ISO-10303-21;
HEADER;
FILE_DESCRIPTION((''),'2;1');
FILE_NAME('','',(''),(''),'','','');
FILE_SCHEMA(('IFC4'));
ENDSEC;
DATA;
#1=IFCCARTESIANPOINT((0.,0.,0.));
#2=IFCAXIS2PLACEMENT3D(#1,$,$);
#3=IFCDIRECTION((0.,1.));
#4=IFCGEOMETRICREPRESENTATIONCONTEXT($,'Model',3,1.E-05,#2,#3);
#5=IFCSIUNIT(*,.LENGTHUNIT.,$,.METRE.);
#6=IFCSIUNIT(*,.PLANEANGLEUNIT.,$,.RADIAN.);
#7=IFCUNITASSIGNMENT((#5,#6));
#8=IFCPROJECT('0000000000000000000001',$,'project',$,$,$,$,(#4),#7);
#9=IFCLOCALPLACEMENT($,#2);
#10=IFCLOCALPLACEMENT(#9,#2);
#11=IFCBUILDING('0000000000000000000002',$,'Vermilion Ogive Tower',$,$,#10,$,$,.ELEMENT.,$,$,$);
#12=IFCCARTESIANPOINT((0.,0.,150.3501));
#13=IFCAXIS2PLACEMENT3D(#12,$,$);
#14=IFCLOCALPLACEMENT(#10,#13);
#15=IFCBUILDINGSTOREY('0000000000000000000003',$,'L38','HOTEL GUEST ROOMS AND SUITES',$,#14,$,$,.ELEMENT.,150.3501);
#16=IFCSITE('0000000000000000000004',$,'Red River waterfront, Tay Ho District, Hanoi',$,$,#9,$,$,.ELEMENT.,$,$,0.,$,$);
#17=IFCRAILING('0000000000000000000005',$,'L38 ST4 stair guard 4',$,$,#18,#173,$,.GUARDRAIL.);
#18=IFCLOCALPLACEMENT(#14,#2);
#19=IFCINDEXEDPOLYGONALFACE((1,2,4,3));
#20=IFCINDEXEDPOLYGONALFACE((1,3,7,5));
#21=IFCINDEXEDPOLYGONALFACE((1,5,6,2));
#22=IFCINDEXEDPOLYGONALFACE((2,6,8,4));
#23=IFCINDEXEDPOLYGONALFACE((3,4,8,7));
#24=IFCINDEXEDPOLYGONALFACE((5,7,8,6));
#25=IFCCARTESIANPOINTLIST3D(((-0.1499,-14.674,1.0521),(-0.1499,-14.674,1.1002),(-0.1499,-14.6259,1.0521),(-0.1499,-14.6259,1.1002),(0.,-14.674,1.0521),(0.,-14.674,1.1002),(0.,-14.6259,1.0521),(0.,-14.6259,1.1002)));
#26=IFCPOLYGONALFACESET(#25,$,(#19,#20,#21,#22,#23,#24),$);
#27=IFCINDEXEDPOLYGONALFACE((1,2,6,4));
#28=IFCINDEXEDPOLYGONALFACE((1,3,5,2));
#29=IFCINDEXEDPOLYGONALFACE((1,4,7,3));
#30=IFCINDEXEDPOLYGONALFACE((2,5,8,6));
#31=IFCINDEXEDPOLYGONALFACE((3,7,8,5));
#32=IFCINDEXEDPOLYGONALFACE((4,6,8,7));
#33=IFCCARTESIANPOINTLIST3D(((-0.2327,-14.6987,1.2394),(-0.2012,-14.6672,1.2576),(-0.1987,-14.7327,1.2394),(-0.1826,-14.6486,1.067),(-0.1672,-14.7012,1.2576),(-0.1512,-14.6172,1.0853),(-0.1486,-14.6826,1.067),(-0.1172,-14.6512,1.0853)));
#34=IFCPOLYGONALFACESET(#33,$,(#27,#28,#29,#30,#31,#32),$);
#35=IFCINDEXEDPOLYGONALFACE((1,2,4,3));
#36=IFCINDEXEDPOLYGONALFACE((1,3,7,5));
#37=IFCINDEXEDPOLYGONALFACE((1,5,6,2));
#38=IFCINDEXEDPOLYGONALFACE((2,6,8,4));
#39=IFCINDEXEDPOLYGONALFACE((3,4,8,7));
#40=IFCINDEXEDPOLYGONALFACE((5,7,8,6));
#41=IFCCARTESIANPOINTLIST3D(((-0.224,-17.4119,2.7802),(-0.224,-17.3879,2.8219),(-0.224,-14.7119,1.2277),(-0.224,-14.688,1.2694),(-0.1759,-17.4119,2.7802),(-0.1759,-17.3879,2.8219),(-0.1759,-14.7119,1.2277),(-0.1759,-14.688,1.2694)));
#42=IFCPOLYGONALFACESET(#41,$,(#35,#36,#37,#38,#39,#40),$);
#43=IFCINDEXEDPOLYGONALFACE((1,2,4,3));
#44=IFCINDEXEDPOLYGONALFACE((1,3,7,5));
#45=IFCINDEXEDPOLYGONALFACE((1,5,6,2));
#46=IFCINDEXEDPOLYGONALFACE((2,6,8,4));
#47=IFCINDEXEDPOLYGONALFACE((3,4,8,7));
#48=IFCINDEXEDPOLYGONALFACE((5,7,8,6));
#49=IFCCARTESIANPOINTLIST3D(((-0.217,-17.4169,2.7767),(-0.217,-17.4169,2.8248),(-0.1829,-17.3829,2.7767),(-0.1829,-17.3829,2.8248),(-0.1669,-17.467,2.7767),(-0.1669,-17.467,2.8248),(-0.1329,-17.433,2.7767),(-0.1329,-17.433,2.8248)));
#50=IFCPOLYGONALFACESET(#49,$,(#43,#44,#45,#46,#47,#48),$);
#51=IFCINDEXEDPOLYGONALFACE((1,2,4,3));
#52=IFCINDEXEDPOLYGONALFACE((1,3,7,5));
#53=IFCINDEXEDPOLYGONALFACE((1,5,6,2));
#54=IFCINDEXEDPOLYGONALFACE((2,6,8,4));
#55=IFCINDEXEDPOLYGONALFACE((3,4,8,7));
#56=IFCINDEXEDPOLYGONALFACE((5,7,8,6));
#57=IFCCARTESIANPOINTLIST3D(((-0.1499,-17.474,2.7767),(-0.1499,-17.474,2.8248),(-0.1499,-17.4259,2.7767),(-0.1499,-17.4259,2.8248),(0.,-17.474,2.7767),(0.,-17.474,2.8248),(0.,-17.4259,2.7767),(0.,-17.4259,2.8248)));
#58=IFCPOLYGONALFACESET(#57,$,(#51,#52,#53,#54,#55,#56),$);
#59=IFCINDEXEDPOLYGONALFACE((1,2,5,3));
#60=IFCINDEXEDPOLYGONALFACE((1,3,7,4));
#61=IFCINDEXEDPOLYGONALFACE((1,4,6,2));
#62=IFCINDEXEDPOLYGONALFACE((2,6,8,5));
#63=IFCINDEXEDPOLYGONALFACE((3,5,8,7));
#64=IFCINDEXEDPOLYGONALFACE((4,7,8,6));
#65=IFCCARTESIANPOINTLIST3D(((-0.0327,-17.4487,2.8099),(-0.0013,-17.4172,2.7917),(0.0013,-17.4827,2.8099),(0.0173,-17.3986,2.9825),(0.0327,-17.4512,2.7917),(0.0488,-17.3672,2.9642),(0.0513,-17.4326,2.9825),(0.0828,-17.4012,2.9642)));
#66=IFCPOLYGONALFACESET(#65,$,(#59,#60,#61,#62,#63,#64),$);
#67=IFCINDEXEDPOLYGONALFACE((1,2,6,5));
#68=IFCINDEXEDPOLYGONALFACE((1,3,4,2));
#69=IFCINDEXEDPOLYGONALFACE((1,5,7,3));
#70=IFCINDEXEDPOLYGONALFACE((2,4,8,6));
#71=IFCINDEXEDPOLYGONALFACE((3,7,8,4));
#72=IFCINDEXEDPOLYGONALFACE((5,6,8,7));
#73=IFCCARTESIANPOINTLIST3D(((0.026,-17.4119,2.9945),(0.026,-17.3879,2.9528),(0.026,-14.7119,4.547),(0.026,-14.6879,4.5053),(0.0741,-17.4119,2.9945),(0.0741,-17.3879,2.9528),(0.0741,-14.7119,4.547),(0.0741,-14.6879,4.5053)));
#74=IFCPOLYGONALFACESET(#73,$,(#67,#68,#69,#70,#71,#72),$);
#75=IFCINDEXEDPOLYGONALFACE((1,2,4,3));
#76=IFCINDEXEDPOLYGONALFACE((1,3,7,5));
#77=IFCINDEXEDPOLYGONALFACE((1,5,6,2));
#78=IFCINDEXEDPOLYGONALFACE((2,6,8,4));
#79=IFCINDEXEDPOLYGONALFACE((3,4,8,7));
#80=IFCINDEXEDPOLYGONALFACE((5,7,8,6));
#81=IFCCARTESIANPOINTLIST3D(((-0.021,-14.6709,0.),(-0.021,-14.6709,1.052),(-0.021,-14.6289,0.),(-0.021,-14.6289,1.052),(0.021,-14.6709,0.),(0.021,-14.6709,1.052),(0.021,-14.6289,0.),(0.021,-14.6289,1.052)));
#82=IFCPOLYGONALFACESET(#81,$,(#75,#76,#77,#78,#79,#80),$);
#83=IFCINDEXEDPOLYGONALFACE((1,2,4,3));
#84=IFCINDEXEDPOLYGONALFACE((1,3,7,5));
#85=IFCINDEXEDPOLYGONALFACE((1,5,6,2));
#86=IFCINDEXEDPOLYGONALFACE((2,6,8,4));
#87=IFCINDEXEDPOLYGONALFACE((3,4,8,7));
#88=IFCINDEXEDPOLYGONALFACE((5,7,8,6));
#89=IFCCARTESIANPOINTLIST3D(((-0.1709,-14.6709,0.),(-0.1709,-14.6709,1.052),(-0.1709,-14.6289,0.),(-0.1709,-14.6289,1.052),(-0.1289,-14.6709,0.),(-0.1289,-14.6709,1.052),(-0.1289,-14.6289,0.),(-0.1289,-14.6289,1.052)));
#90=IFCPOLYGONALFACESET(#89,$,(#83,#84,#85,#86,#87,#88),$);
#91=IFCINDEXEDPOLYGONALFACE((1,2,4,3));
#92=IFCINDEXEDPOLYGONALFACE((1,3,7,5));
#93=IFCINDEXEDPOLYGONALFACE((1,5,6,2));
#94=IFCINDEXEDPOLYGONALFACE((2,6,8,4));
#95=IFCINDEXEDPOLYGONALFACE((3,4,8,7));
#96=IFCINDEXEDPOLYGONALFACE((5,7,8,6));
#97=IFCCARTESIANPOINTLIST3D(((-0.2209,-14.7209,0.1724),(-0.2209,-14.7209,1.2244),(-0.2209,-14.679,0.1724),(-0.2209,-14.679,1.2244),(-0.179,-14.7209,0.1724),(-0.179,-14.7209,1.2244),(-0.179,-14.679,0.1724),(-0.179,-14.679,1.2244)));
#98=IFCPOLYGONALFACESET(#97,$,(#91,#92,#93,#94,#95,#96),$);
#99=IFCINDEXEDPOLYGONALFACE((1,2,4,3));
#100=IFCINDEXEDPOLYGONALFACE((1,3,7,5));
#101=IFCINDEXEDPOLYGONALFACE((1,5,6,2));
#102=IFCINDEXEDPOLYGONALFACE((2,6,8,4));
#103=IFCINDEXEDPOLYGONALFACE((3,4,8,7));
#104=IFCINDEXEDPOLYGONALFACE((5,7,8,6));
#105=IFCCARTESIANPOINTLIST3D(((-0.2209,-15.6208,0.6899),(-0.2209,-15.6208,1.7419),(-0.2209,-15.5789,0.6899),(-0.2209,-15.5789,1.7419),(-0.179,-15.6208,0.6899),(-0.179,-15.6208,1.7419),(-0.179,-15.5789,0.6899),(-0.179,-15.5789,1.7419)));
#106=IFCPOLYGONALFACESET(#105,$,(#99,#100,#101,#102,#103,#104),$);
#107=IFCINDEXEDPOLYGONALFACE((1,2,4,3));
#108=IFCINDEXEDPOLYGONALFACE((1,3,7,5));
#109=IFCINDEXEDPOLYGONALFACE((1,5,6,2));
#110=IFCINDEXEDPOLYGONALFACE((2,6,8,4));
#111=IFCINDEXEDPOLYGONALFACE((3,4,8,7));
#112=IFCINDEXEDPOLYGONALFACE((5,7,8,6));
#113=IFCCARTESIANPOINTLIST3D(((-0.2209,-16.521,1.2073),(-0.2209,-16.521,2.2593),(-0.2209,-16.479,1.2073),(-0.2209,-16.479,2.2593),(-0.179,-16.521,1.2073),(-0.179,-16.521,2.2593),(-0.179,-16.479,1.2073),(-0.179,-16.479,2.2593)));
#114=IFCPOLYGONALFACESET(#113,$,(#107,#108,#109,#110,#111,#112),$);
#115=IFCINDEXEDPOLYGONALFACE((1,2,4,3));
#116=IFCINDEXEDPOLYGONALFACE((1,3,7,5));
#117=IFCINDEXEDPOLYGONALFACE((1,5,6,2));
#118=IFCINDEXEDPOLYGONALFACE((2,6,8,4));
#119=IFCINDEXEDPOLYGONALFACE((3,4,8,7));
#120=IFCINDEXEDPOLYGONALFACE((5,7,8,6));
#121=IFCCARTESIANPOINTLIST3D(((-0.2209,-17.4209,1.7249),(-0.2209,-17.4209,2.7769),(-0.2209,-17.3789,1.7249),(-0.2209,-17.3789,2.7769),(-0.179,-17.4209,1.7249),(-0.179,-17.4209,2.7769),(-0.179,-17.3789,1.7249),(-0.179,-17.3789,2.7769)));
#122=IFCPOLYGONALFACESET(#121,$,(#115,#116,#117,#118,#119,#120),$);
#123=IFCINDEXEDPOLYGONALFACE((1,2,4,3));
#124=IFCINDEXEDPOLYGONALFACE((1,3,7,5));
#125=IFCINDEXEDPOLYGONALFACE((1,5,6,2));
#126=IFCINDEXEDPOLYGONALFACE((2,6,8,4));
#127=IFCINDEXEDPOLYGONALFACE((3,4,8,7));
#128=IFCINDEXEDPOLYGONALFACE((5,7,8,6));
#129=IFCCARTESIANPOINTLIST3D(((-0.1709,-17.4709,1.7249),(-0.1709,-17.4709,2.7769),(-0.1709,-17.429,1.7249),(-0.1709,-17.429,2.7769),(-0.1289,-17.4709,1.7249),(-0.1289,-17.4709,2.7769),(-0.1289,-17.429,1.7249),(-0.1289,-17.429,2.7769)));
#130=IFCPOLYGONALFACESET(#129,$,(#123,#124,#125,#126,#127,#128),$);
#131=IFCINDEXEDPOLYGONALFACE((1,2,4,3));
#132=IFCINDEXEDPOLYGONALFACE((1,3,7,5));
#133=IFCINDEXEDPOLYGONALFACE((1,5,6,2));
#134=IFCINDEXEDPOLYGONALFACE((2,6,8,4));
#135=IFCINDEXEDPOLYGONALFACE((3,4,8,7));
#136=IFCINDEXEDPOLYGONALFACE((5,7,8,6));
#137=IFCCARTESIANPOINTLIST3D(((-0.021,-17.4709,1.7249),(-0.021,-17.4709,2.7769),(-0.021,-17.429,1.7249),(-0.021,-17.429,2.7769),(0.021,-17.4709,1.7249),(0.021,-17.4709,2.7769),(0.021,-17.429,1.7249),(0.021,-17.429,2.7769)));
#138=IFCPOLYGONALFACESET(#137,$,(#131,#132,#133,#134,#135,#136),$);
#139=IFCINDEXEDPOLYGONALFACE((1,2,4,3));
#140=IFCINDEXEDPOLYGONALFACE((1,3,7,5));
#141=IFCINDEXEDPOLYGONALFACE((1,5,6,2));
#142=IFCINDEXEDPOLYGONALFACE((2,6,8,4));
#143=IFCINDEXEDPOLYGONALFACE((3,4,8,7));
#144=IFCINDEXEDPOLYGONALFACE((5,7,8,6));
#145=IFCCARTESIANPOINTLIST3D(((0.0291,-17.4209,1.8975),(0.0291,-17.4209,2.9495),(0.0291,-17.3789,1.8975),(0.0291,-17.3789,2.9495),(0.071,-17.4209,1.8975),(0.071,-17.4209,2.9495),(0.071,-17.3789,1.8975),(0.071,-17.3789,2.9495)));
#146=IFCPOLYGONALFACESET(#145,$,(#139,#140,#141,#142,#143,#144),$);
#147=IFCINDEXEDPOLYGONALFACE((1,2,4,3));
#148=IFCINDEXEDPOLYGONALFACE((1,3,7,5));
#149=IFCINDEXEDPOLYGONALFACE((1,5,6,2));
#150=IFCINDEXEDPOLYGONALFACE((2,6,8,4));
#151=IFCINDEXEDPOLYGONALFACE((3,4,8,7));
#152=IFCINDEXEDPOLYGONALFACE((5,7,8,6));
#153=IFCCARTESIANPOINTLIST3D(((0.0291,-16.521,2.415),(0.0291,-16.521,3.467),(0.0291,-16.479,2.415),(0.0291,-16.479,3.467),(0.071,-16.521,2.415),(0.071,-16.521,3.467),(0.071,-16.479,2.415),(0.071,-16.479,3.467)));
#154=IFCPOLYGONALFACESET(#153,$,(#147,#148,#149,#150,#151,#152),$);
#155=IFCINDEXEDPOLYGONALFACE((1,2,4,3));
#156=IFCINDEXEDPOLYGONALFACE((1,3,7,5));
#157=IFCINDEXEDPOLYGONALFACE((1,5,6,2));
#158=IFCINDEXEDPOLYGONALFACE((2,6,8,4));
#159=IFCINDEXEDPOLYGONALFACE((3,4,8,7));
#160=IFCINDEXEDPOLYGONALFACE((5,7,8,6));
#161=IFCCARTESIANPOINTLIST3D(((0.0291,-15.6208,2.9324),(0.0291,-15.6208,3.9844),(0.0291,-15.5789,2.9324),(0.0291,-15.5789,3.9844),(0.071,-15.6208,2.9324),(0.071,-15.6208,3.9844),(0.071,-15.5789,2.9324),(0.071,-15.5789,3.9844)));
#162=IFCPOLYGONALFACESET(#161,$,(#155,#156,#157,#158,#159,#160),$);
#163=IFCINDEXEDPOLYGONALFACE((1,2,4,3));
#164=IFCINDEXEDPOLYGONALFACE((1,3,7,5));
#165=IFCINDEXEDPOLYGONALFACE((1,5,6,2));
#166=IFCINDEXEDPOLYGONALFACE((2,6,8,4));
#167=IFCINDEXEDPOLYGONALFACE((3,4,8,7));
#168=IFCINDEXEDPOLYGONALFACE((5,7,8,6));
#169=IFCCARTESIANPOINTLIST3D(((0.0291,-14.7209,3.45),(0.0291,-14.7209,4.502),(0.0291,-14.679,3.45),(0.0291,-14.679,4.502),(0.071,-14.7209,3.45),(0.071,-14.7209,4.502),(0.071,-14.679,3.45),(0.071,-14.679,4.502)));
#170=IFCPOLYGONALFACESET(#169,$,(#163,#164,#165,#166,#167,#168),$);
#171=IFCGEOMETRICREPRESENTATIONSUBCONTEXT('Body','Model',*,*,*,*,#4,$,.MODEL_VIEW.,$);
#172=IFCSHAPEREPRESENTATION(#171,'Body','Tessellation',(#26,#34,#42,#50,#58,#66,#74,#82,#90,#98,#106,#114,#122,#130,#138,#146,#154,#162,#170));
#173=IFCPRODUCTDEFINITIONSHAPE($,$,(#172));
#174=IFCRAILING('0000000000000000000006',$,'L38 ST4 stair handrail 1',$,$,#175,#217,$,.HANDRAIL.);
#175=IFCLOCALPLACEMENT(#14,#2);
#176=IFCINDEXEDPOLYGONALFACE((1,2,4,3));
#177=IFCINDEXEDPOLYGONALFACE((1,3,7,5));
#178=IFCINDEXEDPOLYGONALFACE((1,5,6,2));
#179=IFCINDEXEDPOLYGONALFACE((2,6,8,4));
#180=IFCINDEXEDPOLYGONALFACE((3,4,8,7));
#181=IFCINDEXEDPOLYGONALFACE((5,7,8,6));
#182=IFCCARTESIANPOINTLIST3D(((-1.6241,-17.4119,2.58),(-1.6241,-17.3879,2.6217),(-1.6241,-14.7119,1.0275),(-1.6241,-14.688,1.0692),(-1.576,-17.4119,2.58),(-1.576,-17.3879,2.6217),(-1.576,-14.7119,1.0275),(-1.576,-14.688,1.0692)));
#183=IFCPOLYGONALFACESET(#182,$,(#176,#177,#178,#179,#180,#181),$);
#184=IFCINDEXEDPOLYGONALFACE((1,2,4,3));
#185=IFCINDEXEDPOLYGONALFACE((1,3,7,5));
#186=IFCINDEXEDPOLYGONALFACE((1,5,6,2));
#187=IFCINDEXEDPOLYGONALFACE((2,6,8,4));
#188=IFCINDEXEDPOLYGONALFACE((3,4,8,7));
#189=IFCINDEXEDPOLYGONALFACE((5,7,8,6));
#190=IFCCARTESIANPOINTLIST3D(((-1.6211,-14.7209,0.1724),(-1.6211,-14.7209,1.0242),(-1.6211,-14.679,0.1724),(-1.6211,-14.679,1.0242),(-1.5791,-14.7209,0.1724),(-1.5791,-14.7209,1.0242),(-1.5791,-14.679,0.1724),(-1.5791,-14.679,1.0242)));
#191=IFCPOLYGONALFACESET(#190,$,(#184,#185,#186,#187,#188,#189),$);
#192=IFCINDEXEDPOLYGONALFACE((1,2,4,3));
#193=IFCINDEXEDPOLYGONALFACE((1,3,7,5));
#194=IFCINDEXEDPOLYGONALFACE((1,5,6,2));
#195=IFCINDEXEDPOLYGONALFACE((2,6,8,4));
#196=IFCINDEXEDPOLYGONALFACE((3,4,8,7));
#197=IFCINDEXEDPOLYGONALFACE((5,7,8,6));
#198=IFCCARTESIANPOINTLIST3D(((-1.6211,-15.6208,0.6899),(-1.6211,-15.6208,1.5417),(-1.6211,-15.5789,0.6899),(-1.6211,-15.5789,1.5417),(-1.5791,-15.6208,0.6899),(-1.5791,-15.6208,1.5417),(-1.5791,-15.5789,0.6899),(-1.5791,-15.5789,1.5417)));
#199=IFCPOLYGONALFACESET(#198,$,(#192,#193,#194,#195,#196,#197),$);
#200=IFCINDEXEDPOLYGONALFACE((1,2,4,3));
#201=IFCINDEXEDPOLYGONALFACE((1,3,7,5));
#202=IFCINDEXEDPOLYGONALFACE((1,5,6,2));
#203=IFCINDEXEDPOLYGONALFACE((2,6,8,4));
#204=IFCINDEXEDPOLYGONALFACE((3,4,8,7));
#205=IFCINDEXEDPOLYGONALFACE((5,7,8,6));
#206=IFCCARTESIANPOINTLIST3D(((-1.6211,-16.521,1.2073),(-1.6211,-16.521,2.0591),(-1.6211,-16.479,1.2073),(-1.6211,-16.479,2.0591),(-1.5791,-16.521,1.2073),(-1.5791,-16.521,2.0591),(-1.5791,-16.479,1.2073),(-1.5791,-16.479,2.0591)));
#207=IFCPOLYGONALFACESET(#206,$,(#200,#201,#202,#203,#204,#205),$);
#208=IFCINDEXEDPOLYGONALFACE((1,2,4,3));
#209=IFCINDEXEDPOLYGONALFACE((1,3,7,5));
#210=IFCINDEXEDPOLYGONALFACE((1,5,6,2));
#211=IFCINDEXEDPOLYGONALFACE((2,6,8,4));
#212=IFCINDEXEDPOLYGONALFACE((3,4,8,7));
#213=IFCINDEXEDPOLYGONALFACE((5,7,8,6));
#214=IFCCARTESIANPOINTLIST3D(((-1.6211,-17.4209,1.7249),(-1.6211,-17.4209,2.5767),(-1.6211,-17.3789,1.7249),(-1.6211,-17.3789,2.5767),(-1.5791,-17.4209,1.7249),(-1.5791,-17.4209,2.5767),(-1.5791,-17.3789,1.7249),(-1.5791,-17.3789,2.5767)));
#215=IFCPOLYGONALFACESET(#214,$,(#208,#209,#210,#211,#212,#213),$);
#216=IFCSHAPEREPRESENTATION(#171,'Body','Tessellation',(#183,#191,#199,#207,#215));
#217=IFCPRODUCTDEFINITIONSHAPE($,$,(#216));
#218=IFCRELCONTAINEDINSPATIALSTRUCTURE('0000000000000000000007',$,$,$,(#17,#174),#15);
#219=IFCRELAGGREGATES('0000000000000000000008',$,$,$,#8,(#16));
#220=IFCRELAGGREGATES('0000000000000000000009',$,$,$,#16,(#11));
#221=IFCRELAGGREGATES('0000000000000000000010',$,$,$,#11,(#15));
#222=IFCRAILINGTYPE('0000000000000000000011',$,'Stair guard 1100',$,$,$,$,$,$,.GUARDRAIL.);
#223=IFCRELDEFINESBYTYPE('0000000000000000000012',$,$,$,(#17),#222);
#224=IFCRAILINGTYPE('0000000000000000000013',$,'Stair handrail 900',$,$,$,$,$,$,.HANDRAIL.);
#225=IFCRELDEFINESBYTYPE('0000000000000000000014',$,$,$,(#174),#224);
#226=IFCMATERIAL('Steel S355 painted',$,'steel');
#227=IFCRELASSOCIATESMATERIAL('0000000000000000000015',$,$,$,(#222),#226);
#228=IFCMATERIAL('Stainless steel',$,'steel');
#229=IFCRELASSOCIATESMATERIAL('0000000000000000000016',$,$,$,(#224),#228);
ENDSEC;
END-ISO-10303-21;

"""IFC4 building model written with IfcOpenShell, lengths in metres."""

from ifc_helpers import new_model, si_unit, direction, frame, origin, origin_2d, place, context, subcontext, project, spatial, rectangle, extrude, material, type_object, element, save


model = new_model("IFC4")

# Units and contexts
model_context = context("Model", 3, precision=1e-05, world=origin(), true_north=direction((0.0, 1.0)))
body_context = subcontext(model_context, "Body", "Model", "MODEL_VIEW")
ifc_project = project(units=[si_unit("LENGTHUNIT", "METRE"), si_unit("PLANEANGLEUNIT", "RADIAN")], contexts=[model_context])

# Site, building, storey
site_placement = place(None, origin())
site = spatial("IfcSite", under=ifc_project, at=site_placement, Name="Red River waterfront, Tay Ho District, Hanoi", CompositionType="ELEMENT", RefElevation=0.0)
building_placement = place(site_placement, origin())
building = spatial("IfcBuilding", under=site, at=building_placement, Name="Vermilion Ogive Tower", CompositionType="ELEMENT")
storey_placement = place(building_placement, frame((0.0, 0.0, 150.3501)))
storey = spatial("IfcBuildingStorey", under=building, at=storey_placement, Name="L38", Description="HOTEL GUEST ROOMS AND SUITES", CompositionType="ELEMENT", Elevation=150.3501)

# Railings
ifc_material_1 = material(Name="Steel S355 painted", Category="steel")
railing_type_1 = type_object("IfcRailingType", Name="Stair guard 1100", PredefinedType="GUARDRAIL", material=ifc_material_1)
railing_1_placement = place(storey_placement, frame((0.0, -14.6499, 0.0)))
element("IfcRailing", 1, at=railing_1_placement, inside=storey, type_object=railing_type_1, Name="L38 ST4 stair guard 4", PredefinedType="GUARDRAIL", context=body_context, shape_type="SweptSolid", body=[
    extrude(rectangle(XDim=0.0481, YDim=0.0481, at=origin_2d()), frame((0.0, 0.0, 1.0762), z_axis=(-1.0, 0.0, 0.0), x_axis=(0.0, -1.0, 0.0)), (0.0, 0.0, 1.0), 0.1499),
    extrude(rectangle(XDim=0.0481, YDim=0.0481, at=origin_2d()), frame((-0.1499, 0.0, 1.0762), z_axis=(-0.268603, -0.268603, 0.925043), x_axis=(0.707107, -0.707107, 0.0)), (0.0, 0.0, 1.0), 0.1863),
    extrude(rectangle(XDim=0.0481, YDim=0.0481, at=origin_2d()), frame((-0.2, -0.05, 1.2485), z_axis=(0.0, -0.866904, 0.498476), x_axis=(1.0, 0.0, 0.0)), (0.0, 0.0, 1.0), 3.1145),
    extrude(rectangle(XDim=0.0481, YDim=0.0481, at=origin_2d()), frame((-0.2, -2.75, 2.8008), z_axis=(0.707107, -0.707107, 0.0), x_axis=(0.707107, 0.707107, 0.0)), (0.0, 0.0, 1.0), 0.0708),
    extrude(rectangle(XDim=0.0481, YDim=0.0481, at=origin_2d()), frame((-0.1499, -2.8, 2.8008), z_axis=(1.0, 0.0, 0.0), x_axis=(0.0, 1.0, 0.0)), (0.0, 0.0, 1.0), 0.1499),
    extrude(rectangle(XDim=0.0481, YDim=0.0481, at=origin_2d()), frame((0.0, -2.8, 2.8008), z_axis=(0.268278, 0.268278, 0.925232), x_axis=(-0.707107, 0.707107, 0.0)), (0.0, 0.0, 1.0), 0.1865),
    extrude(rectangle(XDim=0.0481, YDim=0.0481, at=origin_2d()), frame((0.05, -2.75, 2.9736), z_axis=(0.0, 0.866904, 0.498476), x_axis=(-1.0, 0.0, 0.0)), (0.0, 0.0, 1.0), 3.1145),
    extrude(rectangle(XDim=0.042, YDim=0.042, at=origin_2d()), origin(), (0.0, 0.0, 1.0), 1.052),
    extrude(rectangle(XDim=0.042, YDim=0.042, at=origin_2d()), frame((-0.1499, 0.0, 0.0)), (0.0, 0.0, 1.0), 1.052),
    extrude(rectangle(XDim=0.042, YDim=0.042, at=origin_2d()), frame((-0.2, -0.05, 0.1724)), (0.0, 0.0, 1.0), 1.052),
    extrude(rectangle(XDim=0.042, YDim=0.042, at=origin_2d()), frame((-0.2, -0.95, 0.6899)), (0.0, 0.0, 1.0), 1.052),
    extrude(rectangle(XDim=0.042, YDim=0.042, at=origin_2d()), frame((-0.2, -1.8501, 1.2073)), (0.0, 0.0, 1.0), 1.052),
    extrude(rectangle(XDim=0.042, YDim=0.042, at=origin_2d()), frame((-0.2, -2.75, 1.7249)), (0.0, 0.0, 1.0), 1.052),
    extrude(rectangle(XDim=0.042, YDim=0.042, at=origin_2d()), frame((-0.1499, -2.8, 1.7249)), (0.0, 0.0, 1.0), 1.052),
    extrude(rectangle(XDim=0.042, YDim=0.042, at=origin_2d()), frame((0.0, -2.8, 1.7249)), (0.0, 0.0, 1.0), 1.052),
    extrude(rectangle(XDim=0.042, YDim=0.042, at=origin_2d()), frame((0.05, -2.75, 1.8975)), (0.0, 0.0, 1.0), 1.052),
    extrude(rectangle(XDim=0.042, YDim=0.042, at=origin_2d()), frame((0.05, -1.8501, 2.415)), (0.0, 0.0, 1.0), 1.052),
    extrude(rectangle(XDim=0.042, YDim=0.042, at=origin_2d()), frame((0.05, -0.95, 2.9324)), (0.0, 0.0, 1.0), 1.052),
    extrude(rectangle(XDim=0.042, YDim=0.042, at=origin_2d()), frame((0.05, -0.05, 3.45)), (0.0, 0.0, 1.0), 1.052),
])
ifc_material_2 = material(Name="Stainless steel", Category="steel")
railing_type_2 = type_object("IfcRailingType", Name="Stair handrail 900", PredefinedType="HANDRAIL", material=ifc_material_2)
railing_2_placement = place(storey_placement, frame((-1.6001, -14.7, 0.1724)))
element("IfcRailing", 2, at=railing_2_placement, inside=storey, type_object=railing_type_2, Name="L38 ST4 stair handrail 1", PredefinedType="HANDRAIL", context=body_context, shape_type="SweptSolid", body=[
    extrude(rectangle(XDim=0.0481, YDim=0.0481, at=origin_2d()), frame((0.0, 0.0, 0.876), z_axis=(0.0, -0.866904, 0.498476), x_axis=(1.0, 0.0, 0.0)), (0.0, 0.0, 1.0), 3.1145),
    extrude(rectangle(XDim=0.042, YDim=0.042, at=origin_2d()), origin(), (0.0, 0.0, 1.0), 0.8518),
    extrude(rectangle(XDim=0.042, YDim=0.042, at=origin_2d()), frame((0.0, -0.8999, 0.5176)), (0.0, 0.0, 1.0), 0.8518),
    extrude(rectangle(XDim=0.042, YDim=0.042, at=origin_2d()), frame((0.0, -1.8, 1.0349)), (0.0, 0.0, 1.0), 0.8518),
    extrude(rectangle(XDim=0.042, YDim=0.042, at=origin_2d()), frame((0.0, -2.7, 1.5525)), (0.0, 0.0, 1.0), 0.8518),
])

save(model, "model.ifc")
